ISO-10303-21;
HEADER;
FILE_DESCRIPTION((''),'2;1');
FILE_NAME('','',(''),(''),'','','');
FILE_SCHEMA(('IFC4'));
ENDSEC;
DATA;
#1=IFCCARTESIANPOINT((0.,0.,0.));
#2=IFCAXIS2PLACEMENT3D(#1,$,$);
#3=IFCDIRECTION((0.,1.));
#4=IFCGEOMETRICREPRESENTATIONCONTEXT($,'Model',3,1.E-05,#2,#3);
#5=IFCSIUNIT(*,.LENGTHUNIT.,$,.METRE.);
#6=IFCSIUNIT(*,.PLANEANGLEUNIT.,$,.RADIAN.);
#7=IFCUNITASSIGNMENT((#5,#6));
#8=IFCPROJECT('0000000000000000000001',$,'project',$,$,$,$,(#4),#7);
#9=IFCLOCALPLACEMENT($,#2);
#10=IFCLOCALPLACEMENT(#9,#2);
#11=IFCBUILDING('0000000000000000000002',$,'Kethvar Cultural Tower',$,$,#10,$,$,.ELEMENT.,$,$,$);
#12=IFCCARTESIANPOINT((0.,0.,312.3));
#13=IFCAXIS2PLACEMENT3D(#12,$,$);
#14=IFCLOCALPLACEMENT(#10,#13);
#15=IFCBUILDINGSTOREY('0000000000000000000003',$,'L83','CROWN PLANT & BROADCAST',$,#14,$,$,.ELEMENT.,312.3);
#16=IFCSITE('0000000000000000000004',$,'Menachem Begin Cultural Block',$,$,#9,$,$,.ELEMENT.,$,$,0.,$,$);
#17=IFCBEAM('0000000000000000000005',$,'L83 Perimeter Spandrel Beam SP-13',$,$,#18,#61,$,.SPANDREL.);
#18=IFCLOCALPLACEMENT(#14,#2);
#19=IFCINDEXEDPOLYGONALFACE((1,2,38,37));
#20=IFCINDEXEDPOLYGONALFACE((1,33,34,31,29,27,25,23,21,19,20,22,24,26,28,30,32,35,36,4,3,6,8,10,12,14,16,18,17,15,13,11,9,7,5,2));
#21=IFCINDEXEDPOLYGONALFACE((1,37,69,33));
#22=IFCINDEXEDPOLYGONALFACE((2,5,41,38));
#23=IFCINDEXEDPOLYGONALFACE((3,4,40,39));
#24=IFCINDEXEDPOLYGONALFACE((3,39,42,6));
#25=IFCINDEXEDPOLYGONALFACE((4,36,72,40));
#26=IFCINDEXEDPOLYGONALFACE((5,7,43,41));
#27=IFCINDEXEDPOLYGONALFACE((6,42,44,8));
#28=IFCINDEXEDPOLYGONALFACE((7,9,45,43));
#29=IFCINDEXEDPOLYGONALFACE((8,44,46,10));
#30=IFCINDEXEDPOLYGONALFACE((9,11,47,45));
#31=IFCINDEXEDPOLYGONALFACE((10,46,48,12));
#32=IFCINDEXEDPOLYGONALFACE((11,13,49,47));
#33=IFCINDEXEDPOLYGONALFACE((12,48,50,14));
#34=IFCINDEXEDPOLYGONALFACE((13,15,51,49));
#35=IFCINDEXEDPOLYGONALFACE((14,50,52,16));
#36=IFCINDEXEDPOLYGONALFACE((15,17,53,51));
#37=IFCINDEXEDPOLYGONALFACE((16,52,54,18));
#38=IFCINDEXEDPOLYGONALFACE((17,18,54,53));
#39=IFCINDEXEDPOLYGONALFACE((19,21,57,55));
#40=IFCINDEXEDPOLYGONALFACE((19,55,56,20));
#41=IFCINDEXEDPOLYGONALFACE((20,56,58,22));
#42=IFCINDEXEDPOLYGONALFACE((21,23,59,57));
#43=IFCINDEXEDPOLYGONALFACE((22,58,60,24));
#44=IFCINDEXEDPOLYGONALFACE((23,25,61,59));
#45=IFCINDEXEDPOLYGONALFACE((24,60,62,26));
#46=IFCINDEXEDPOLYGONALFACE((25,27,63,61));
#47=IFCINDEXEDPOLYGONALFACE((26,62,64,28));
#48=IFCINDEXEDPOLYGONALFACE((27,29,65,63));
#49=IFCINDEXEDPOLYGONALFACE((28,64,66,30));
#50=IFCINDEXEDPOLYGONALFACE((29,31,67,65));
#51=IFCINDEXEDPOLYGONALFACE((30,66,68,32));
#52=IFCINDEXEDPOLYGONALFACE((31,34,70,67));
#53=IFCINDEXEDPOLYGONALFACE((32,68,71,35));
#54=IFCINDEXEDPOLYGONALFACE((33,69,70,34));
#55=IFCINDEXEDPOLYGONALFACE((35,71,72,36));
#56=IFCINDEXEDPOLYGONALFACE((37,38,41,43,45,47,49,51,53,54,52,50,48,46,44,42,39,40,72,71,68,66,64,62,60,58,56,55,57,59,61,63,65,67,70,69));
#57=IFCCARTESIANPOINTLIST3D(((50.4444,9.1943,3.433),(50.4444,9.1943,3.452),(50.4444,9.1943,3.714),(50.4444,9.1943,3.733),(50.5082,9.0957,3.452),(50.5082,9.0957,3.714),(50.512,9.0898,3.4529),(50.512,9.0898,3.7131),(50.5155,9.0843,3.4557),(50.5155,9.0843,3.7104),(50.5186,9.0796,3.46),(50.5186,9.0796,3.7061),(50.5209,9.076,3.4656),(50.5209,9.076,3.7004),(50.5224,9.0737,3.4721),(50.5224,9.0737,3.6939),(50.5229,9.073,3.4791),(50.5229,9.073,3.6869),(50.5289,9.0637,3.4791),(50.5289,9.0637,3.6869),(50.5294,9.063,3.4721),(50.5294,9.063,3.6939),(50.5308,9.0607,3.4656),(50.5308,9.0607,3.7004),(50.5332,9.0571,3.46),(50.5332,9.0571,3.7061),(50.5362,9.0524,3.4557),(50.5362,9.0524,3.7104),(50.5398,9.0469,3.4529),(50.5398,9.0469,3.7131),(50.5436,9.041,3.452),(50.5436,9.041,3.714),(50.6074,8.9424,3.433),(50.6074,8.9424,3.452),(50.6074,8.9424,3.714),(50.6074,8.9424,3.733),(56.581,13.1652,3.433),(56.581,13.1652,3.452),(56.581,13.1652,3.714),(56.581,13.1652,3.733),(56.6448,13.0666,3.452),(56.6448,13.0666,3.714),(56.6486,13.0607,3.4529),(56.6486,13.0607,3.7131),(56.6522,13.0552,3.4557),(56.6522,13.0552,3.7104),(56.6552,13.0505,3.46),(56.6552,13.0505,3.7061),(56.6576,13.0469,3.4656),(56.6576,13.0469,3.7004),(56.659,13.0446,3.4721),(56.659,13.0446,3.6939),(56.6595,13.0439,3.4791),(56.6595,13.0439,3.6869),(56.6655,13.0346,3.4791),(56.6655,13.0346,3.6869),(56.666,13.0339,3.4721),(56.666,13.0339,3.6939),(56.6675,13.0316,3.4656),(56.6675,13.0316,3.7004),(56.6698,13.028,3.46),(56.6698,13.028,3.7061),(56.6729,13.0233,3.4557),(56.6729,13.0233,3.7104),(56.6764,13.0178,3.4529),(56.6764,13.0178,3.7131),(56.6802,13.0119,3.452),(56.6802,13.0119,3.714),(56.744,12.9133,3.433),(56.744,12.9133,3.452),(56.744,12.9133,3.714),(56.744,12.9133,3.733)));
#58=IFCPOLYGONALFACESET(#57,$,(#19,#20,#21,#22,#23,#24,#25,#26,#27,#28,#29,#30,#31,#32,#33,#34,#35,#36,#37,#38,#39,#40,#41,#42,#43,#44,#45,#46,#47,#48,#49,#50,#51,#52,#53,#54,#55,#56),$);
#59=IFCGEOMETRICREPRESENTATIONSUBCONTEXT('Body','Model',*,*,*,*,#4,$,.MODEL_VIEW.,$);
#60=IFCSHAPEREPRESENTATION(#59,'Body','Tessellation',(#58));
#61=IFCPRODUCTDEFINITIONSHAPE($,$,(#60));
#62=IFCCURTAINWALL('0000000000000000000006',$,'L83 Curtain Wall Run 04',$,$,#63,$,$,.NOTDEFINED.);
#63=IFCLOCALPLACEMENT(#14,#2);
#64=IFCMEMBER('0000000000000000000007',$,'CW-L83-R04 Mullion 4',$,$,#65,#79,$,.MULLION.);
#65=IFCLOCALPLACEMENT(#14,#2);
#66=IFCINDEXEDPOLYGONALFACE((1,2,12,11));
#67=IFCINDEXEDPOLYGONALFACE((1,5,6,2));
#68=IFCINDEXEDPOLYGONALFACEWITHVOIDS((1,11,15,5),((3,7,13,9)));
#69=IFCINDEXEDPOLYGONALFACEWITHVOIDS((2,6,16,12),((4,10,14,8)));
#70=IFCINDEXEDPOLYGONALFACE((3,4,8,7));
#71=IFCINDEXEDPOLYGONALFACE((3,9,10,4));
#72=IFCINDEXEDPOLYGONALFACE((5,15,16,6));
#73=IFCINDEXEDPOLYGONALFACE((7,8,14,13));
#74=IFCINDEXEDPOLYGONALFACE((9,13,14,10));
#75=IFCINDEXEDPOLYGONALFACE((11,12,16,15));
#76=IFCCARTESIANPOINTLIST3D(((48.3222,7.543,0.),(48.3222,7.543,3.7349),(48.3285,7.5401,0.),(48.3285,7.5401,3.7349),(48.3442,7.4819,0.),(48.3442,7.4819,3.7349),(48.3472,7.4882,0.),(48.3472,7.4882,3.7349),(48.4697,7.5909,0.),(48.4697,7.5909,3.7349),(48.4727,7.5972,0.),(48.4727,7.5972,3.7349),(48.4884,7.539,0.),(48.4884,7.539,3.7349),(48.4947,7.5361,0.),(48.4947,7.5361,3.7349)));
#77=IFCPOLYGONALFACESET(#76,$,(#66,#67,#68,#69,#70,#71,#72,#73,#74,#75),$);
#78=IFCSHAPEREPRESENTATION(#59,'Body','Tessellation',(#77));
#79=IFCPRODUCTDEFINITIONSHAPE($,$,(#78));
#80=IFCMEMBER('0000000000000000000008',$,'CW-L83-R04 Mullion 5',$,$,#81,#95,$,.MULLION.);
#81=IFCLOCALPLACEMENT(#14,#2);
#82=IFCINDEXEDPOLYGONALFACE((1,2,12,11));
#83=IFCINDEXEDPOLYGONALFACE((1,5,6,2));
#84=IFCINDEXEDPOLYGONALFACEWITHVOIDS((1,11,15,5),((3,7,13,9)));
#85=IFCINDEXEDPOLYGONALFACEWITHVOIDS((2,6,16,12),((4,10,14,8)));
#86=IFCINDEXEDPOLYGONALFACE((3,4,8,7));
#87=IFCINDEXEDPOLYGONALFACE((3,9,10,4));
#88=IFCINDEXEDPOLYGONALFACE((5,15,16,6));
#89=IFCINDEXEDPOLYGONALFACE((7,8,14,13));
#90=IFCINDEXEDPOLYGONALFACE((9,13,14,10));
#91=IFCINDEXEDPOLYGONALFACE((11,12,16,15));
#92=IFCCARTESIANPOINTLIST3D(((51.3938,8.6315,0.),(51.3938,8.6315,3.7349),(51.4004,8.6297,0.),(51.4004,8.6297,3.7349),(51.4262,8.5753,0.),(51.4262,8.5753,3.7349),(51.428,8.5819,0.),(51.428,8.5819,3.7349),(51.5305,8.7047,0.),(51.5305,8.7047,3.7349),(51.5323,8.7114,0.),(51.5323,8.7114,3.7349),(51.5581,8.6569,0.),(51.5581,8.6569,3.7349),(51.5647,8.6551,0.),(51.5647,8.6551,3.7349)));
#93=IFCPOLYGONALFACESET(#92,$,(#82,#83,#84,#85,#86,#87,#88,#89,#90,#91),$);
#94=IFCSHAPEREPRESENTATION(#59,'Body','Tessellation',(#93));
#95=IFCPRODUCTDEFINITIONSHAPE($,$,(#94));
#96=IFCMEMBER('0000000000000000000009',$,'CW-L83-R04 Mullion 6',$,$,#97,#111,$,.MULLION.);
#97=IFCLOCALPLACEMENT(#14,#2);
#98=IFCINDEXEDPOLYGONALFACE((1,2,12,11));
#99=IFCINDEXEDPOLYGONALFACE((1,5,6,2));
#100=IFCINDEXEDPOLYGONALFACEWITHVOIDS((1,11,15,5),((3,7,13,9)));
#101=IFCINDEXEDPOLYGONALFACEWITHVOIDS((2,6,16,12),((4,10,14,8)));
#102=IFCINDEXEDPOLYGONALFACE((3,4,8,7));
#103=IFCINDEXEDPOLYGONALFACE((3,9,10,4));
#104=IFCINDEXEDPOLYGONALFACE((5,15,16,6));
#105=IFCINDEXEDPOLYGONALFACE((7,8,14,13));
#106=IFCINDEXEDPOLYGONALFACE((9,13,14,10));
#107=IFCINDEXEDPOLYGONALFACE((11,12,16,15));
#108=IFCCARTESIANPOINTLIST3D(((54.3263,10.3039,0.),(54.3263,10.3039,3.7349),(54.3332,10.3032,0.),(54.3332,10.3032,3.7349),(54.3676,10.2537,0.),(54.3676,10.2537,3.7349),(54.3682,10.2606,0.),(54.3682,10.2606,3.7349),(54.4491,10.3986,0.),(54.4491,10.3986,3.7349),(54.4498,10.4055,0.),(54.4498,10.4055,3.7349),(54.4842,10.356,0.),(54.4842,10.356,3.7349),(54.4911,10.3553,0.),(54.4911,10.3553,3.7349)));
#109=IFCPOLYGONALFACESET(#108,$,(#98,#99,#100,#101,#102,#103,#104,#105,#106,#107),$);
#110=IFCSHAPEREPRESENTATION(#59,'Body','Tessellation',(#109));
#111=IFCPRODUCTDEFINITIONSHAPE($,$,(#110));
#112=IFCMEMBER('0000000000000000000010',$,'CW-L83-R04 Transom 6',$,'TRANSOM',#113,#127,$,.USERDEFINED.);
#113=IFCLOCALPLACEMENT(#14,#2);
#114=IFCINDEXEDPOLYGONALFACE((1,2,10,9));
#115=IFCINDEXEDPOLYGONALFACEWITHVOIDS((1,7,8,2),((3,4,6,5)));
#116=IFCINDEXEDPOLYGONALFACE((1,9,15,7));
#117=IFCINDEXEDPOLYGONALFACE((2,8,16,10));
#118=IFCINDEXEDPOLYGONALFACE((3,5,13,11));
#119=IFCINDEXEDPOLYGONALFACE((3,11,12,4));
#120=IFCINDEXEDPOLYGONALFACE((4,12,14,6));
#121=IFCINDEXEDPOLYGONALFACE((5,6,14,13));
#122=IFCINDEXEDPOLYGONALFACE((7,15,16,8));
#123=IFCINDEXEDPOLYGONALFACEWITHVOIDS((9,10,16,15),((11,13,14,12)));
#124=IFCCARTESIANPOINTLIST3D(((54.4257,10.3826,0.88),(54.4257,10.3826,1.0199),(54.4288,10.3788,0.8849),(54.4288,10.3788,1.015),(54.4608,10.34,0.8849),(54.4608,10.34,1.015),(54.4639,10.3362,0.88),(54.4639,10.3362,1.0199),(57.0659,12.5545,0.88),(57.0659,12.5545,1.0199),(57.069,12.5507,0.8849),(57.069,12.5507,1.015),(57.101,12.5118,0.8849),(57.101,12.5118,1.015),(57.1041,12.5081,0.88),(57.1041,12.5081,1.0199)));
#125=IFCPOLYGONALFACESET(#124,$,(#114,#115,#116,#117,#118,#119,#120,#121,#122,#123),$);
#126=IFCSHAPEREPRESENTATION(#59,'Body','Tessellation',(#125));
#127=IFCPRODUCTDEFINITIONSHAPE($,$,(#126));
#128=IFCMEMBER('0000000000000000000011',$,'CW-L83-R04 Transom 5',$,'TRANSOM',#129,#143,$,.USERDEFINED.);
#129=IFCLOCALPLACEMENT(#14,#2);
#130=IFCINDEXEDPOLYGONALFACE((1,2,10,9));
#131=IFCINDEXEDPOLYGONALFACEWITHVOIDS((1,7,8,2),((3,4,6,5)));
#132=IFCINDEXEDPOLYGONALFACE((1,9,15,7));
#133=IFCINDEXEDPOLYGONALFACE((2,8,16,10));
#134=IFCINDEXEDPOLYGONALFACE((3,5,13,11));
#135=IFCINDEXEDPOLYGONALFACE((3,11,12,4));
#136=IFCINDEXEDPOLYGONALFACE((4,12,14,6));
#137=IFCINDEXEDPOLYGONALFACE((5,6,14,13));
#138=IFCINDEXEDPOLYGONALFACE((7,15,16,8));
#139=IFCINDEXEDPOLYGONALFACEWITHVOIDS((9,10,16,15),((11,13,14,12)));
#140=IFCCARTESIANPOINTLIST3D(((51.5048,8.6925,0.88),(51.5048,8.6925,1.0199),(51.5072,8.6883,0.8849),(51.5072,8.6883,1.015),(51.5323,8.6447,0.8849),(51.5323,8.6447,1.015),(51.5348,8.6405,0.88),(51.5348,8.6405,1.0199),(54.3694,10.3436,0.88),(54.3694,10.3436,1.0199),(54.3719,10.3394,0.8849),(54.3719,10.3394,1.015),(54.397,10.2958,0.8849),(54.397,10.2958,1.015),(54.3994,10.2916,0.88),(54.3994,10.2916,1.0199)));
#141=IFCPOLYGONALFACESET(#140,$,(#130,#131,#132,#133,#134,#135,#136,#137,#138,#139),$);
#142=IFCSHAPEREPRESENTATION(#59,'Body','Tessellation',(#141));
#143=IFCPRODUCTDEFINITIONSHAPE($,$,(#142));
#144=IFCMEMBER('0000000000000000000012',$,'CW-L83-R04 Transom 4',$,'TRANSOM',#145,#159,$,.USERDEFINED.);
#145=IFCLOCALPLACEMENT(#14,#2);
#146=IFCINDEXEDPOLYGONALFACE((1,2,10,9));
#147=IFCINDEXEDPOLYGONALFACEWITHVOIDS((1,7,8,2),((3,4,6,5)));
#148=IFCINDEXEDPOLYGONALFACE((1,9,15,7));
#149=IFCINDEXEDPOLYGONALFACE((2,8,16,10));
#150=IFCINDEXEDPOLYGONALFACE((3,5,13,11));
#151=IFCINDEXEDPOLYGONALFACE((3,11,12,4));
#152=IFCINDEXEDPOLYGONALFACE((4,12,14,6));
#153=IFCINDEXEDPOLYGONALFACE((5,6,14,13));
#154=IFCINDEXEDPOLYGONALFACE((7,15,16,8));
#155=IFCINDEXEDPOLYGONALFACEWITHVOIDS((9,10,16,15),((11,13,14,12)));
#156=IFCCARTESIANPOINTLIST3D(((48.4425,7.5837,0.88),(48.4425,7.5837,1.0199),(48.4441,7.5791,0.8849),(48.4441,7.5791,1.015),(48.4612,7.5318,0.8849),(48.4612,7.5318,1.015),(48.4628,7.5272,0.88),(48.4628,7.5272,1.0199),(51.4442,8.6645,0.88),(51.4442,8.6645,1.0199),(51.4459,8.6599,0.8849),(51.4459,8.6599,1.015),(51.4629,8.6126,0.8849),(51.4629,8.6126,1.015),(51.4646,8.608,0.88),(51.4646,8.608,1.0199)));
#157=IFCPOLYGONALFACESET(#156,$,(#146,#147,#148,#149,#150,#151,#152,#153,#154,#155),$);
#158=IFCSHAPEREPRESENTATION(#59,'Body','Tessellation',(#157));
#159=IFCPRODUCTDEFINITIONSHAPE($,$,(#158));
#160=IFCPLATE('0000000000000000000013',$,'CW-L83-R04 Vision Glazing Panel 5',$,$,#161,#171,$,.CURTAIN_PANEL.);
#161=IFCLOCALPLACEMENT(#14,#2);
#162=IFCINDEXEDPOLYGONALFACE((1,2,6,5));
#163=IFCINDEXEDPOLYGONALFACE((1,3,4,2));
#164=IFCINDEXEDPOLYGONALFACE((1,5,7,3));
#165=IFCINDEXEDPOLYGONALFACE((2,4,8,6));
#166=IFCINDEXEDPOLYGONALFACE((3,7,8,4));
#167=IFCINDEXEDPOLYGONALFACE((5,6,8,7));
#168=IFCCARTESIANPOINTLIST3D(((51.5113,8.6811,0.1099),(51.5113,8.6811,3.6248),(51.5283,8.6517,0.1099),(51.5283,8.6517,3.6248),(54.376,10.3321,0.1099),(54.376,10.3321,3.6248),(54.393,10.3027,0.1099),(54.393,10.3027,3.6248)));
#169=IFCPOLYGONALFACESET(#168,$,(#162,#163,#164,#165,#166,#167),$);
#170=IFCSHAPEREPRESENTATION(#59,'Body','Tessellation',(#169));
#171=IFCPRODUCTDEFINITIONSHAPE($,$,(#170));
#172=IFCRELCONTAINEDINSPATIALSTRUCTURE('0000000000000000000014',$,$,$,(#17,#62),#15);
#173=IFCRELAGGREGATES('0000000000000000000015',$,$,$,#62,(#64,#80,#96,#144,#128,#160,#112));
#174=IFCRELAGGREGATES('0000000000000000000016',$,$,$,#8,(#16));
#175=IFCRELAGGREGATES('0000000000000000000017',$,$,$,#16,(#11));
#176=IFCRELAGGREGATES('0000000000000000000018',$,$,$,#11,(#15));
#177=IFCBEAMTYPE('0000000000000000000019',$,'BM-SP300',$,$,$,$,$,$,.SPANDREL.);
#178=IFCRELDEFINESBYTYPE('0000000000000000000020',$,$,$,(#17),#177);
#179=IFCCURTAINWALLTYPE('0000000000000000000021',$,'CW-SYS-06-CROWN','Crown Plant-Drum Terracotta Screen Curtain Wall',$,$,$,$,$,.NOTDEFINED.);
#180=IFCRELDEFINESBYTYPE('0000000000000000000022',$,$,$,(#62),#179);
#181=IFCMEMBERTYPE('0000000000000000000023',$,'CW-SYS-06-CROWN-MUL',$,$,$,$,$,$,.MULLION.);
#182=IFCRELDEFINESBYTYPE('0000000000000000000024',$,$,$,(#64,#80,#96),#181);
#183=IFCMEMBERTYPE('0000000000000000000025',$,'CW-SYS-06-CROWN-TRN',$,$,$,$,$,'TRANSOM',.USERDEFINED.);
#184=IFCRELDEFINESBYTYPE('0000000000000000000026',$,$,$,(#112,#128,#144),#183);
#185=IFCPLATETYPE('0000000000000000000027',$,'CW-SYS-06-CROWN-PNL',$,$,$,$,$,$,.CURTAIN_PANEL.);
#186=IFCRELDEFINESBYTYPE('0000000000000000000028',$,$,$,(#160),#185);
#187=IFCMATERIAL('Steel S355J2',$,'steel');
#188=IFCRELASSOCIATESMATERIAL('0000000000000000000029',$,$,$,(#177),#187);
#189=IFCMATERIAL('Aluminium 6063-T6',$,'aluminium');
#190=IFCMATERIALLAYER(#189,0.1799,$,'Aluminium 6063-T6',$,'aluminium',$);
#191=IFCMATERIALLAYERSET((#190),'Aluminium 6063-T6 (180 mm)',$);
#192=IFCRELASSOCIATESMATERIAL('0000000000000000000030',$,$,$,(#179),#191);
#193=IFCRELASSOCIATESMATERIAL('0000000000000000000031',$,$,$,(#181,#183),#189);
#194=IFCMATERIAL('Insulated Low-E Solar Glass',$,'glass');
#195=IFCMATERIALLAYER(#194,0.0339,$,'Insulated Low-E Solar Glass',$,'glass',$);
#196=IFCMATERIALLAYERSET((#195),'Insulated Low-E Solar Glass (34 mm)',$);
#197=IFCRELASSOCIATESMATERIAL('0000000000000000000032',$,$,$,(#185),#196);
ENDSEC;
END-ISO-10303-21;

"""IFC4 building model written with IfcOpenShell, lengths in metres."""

from ifc_helpers import new_model, si_unit, direction, frame, origin, origin_2d, place, context, subcontext, project, spatial, rectangle, hollow_rectangle, i_section, extrude, source, transform, mapped, material, layer, layer_set, material_profile, profile_set, type_object, element, aggregate, save


model = new_model("IFC4")

# Units and contexts
model_context = context("Model", 3, precision=1e-05, world=origin(), true_north=direction((0.0, 1.0)))
body_context = subcontext(model_context, "Body", "Model", "MODEL_VIEW")
ifc_project = project(units=[si_unit("LENGTHUNIT", "METRE"), si_unit("PLANEANGLEUNIT", "RADIAN")], contexts=[model_context])

# Site, building, storey
site_placement = place(None, origin())
site = spatial("IfcSite", under=ifc_project, at=site_placement, Name="Menachem Begin Cultural Block", CompositionType="ELEMENT", RefElevation=0.0)
building_placement = place(site_placement, origin())
building = spatial("IfcBuilding", under=site, at=building_placement, Name="Kethvar Cultural Tower", CompositionType="ELEMENT")
storey_placement = place(building_placement, frame((0.0, 0.0, 312.3)))
storey = spatial("IfcBuildingStorey", under=building, at=storey_placement, Name="L83", Description="CROWN PLANT & BROADCAST", CompositionType="ELEMENT", Elevation=312.3)

# Shared definitions
ifc_material_1 = material(Name="Steel S355J2", Category="steel")

# Beam
ifc_material_profile_1 = material_profile(ifc_material_1, i_section(OverallWidth=0.3, OverallDepth=0.3, WebThickness=0.011, FlangeThickness=0.019, FilletRadius=0.0271, at=origin_2d()), Name="Steel S355J2 — HEB300")
ifc_profile_set_1 = profile_set([ifc_material_profile_1], Name="Steel S355J2 — HEB300")
beam_type_1 = type_object("IfcBeamType", Name="BM-SP300", PredefinedType="SPANDREL", material=ifc_profile_set_1)
shared_shape_1 = source(origin(), body_context, "Body", "SweptSolid", [
    extrude(i_section(OverallWidth=0.3, OverallDepth=0.3, WebThickness=0.011, FlangeThickness=0.019, FilletRadius=0.0271, at=origin_2d()), origin(), (0.0, 0.0, 1.0), 7.3093),
])
beam_1_placement = place(storey_placement, frame((50.5259, 9.0684, 3.583), z_axis=(0.839562, 0.543264, 0.0), x_axis=(-0.543264, 0.839562, 0.0)))
element("IfcBeam", 1, at=beam_1_placement, inside=storey, type_object=beam_type_1, Name="L83 Perimeter Spandrel Beam SP-13", PredefinedType="SPANDREL", context=body_context, shape_type="MappedRepresentation", body=[
    mapped(shared_shape_1, transform((0.0, 0.0, 0.0), scale=1.0)),
])

# Curtain wall, members, plate
ifc_material_2 = material(Name="Aluminium 6063-T6", Category="aluminium")
ifc_layer_1 = layer(ifc_material_2, 0.1799, Name="Aluminium 6063-T6", Category="aluminium")
ifc_layer_set_1 = layer_set([ifc_layer_1], Name="Aluminium 6063-T6 (180 mm)")
curtain_wall_type = type_object("IfcCurtainWallType", Name="CW-SYS-06-CROWN", Description="Crown Plant-Drum Terracotta Screen Curtain Wall", PredefinedType="NOTDEFINED", material=ifc_layer_set_1)
curtain_wall_placement = place(storey_placement, origin())
curtain_wall = element("IfcCurtainWall", 2, at=curtain_wall_placement, inside=storey, type_object=curtain_wall_type, Name="L83 Curtain Wall Run 04", PredefinedType="NOTDEFINED")
ifc_material_profile_2 = material_profile(ifc_material_2, hollow_rectangle(XDim=0.0649, YDim=0.1599, WallThickness=0.0049, at=origin_2d()), Name="Aluminium 6063-T6 — RHS160x65x5")
ifc_profile_set_2 = profile_set([ifc_material_profile_2], Name="Aluminium 6063-T6 — RHS160x65x5")
member_type_1 = type_object("IfcMemberType", Name="CW-SYS-06-CROWN-MUL", PredefinedType="MULLION", material=ifc_profile_set_2)
shared_shape_2 = source(origin(), body_context, "Body", "SweptSolid", [
    extrude(hollow_rectangle(XDim=0.0649, YDim=0.1599, WallThickness=0.0049, at=origin_2d()), origin(), (0.0, 0.0, 1.0), 3.7349),
])
member_1_placement = place(storey_placement, frame((48.4084, 7.5396, 0.0), z_axis=(0.0, 0.0, 1.0), x_axis=(-0.338787, 0.940863, 0.0)))
member_1 = element("IfcMember", 3, at=member_1_placement, type_object=member_type_1, Name="CW-L83-R04 Mullion 4", PredefinedType="MULLION", context=body_context, shape_type="MappedRepresentation", body=[
    mapped(shared_shape_2, transform((0.0, 0.0, 0.0), scale=1.0)),
])
member_2_placement = place(storey_placement, frame((51.4792, 8.6433, 0.0), z_axis=(0.0, 0.0, 1.0), x_axis=(-0.499335, 0.866409, 0.0)))
member_2 = element("IfcMember", 4, at=member_2_placement, type_object=member_type_1, Name="CW-L83-R04 Mullion 5", PredefinedType="MULLION", context=body_context, shape_type="MappedRepresentation", body=[
    mapped(shared_shape_2, transform((0.0, 0.0, 0.0), scale=1.0)),
])
member_3_placement = place(storey_placement, frame((54.4087, 10.3296, 0.0), z_axis=(0.0, 0.0, 1.0), x_axis=(-0.63531, 0.772257, 0.0)))
member_3 = element("IfcMember", 5, at=member_3_placement, type_object=member_type_1, Name="CW-L83-R04 Mullion 6", PredefinedType="MULLION", context=body_context, shape_type="MappedRepresentation", body=[
    mapped(shared_shape_2, transform((0.0, 0.0, 0.0), scale=1.0)),
])
ifc_material_profile_3 = material_profile(ifc_material_2, hollow_rectangle(XDim=0.0601, YDim=0.1399, WallThickness=0.0049, at=origin_2d()), Name="Aluminium 6063-T6 — RHS140x60x5")
ifc_profile_set_3 = profile_set([ifc_material_profile_3], Name="Aluminium 6063-T6 — RHS140x60x5")
member_type_2 = type_object("IfcMemberType", Name="CW-SYS-06-CROWN-TRN", ElementType="TRANSOM", PredefinedType="USERDEFINED", material=ifc_profile_set_3)
shared_shape_3 = source(origin(), body_context, "Body", "SweptSolid", [
    extrude(hollow_rectangle(XDim=0.0601, YDim=0.1399, WallThickness=0.0049, at=origin_2d()), origin(), (0.0, 0.0, 1.0), 3.4187),
])
member_4_placement = place(storey_placement, frame((54.4448, 10.3594, 0.95), z_axis=(0.772268, 0.635297, 0.0), x_axis=(-0.635297, 0.772268, 0.0)))
member_4 = element("IfcMember", 6, at=member_4_placement, type_object=member_type_2, Name="CW-L83-R04 Transom 6", ObjectType="TRANSOM", PredefinedType="USERDEFINED", context=body_context, shape_type="MappedRepresentation", body=[
    mapped(shared_shape_3, transform((0.0, 0.0, 0.0), scale=1.0)),
])
shared_shape_4 = source(origin(), body_context, "Body", "SweptSolid", [
    extrude(hollow_rectangle(XDim=0.0601, YDim=0.1399, WallThickness=0.0049, at=origin_2d()), origin(), (0.0, 0.0, 1.0), 3.3064),
])
member_5_placement = place(storey_placement, frame((51.5198, 8.6665, 0.95), z_axis=(0.866397, 0.499356, 0.0), x_axis=(-0.499356, 0.866397, 0.0)))
member_5 = element("IfcMember", 7, at=member_5_placement, type_object=member_type_2, Name="CW-L83-R04 Transom 5", ObjectType="TRANSOM", PredefinedType="USERDEFINED", context=body_context, shape_type="MappedRepresentation", body=[
    mapped(shared_shape_4, transform((0.0, 0.0, 0.0), scale=1.0)),
])
shared_shape_5 = source(origin(), body_context, "Body", "SweptSolid", [
    extrude(hollow_rectangle(XDim=0.0601, YDim=0.1399, WallThickness=0.0049, at=origin_2d()), origin(), (0.0, 0.0, 1.0), 3.1904),
])
member_6_placement = place(storey_placement, frame((48.4526, 7.5554, 0.95), z_axis=(0.940868, 0.338774, 0.0), x_axis=(-0.338774, 0.940868, 0.0)))
member_6 = element("IfcMember", 8, at=member_6_placement, type_object=member_type_2, Name="CW-L83-R04 Transom 4", ObjectType="TRANSOM", PredefinedType="USERDEFINED", context=body_context, shape_type="MappedRepresentation", body=[
    mapped(shared_shape_5, transform((0.0, 0.0, 0.0), scale=1.0)),
])
ifc_material_3 = material(Name="Insulated Low-E Solar Glass", Category="glass")
ifc_layer_2 = layer(ifc_material_3, 0.0339, Name="Insulated Low-E Solar Glass", Category="glass")
ifc_layer_set_2 = layer_set([ifc_layer_2], Name="Insulated Low-E Solar Glass (34 mm)")
plate_type = type_object("IfcPlateType", Name="CW-SYS-06-CROWN-PNL", PredefinedType="CURTAIN_PANEL", material=ifc_layer_set_2)
shared_shape_6 = source(origin(), body_context, "Body", "SweptSolid", [
    extrude(rectangle(XDim=3.3064, YDim=0.0339, at=origin_2d()), origin(), (0.0, 0.0, 1.0), 3.5149),
])
plate_1_placement = place(storey_placement, frame((52.9521, 9.4919, 0.1099), z_axis=(0.0, 0.0, 1.0), x_axis=(0.866409, 0.499335, 0.0)))
plate_1 = element("IfcPlate", 9, at=plate_1_placement, type_object=plate_type, Name="CW-L83-R04 Vision Glazing Panel 5", PredefinedType="CURTAIN_PANEL", context=body_context, shape_type="MappedRepresentation", body=[
    mapped(shared_shape_6, transform((0.0, 0.0, 0.0), scale=1.0)),
])
aggregate(curtain_wall, [member_1, member_2, member_3, member_6, member_5, plate_1, member_4])

save(model, "model.ifc")
